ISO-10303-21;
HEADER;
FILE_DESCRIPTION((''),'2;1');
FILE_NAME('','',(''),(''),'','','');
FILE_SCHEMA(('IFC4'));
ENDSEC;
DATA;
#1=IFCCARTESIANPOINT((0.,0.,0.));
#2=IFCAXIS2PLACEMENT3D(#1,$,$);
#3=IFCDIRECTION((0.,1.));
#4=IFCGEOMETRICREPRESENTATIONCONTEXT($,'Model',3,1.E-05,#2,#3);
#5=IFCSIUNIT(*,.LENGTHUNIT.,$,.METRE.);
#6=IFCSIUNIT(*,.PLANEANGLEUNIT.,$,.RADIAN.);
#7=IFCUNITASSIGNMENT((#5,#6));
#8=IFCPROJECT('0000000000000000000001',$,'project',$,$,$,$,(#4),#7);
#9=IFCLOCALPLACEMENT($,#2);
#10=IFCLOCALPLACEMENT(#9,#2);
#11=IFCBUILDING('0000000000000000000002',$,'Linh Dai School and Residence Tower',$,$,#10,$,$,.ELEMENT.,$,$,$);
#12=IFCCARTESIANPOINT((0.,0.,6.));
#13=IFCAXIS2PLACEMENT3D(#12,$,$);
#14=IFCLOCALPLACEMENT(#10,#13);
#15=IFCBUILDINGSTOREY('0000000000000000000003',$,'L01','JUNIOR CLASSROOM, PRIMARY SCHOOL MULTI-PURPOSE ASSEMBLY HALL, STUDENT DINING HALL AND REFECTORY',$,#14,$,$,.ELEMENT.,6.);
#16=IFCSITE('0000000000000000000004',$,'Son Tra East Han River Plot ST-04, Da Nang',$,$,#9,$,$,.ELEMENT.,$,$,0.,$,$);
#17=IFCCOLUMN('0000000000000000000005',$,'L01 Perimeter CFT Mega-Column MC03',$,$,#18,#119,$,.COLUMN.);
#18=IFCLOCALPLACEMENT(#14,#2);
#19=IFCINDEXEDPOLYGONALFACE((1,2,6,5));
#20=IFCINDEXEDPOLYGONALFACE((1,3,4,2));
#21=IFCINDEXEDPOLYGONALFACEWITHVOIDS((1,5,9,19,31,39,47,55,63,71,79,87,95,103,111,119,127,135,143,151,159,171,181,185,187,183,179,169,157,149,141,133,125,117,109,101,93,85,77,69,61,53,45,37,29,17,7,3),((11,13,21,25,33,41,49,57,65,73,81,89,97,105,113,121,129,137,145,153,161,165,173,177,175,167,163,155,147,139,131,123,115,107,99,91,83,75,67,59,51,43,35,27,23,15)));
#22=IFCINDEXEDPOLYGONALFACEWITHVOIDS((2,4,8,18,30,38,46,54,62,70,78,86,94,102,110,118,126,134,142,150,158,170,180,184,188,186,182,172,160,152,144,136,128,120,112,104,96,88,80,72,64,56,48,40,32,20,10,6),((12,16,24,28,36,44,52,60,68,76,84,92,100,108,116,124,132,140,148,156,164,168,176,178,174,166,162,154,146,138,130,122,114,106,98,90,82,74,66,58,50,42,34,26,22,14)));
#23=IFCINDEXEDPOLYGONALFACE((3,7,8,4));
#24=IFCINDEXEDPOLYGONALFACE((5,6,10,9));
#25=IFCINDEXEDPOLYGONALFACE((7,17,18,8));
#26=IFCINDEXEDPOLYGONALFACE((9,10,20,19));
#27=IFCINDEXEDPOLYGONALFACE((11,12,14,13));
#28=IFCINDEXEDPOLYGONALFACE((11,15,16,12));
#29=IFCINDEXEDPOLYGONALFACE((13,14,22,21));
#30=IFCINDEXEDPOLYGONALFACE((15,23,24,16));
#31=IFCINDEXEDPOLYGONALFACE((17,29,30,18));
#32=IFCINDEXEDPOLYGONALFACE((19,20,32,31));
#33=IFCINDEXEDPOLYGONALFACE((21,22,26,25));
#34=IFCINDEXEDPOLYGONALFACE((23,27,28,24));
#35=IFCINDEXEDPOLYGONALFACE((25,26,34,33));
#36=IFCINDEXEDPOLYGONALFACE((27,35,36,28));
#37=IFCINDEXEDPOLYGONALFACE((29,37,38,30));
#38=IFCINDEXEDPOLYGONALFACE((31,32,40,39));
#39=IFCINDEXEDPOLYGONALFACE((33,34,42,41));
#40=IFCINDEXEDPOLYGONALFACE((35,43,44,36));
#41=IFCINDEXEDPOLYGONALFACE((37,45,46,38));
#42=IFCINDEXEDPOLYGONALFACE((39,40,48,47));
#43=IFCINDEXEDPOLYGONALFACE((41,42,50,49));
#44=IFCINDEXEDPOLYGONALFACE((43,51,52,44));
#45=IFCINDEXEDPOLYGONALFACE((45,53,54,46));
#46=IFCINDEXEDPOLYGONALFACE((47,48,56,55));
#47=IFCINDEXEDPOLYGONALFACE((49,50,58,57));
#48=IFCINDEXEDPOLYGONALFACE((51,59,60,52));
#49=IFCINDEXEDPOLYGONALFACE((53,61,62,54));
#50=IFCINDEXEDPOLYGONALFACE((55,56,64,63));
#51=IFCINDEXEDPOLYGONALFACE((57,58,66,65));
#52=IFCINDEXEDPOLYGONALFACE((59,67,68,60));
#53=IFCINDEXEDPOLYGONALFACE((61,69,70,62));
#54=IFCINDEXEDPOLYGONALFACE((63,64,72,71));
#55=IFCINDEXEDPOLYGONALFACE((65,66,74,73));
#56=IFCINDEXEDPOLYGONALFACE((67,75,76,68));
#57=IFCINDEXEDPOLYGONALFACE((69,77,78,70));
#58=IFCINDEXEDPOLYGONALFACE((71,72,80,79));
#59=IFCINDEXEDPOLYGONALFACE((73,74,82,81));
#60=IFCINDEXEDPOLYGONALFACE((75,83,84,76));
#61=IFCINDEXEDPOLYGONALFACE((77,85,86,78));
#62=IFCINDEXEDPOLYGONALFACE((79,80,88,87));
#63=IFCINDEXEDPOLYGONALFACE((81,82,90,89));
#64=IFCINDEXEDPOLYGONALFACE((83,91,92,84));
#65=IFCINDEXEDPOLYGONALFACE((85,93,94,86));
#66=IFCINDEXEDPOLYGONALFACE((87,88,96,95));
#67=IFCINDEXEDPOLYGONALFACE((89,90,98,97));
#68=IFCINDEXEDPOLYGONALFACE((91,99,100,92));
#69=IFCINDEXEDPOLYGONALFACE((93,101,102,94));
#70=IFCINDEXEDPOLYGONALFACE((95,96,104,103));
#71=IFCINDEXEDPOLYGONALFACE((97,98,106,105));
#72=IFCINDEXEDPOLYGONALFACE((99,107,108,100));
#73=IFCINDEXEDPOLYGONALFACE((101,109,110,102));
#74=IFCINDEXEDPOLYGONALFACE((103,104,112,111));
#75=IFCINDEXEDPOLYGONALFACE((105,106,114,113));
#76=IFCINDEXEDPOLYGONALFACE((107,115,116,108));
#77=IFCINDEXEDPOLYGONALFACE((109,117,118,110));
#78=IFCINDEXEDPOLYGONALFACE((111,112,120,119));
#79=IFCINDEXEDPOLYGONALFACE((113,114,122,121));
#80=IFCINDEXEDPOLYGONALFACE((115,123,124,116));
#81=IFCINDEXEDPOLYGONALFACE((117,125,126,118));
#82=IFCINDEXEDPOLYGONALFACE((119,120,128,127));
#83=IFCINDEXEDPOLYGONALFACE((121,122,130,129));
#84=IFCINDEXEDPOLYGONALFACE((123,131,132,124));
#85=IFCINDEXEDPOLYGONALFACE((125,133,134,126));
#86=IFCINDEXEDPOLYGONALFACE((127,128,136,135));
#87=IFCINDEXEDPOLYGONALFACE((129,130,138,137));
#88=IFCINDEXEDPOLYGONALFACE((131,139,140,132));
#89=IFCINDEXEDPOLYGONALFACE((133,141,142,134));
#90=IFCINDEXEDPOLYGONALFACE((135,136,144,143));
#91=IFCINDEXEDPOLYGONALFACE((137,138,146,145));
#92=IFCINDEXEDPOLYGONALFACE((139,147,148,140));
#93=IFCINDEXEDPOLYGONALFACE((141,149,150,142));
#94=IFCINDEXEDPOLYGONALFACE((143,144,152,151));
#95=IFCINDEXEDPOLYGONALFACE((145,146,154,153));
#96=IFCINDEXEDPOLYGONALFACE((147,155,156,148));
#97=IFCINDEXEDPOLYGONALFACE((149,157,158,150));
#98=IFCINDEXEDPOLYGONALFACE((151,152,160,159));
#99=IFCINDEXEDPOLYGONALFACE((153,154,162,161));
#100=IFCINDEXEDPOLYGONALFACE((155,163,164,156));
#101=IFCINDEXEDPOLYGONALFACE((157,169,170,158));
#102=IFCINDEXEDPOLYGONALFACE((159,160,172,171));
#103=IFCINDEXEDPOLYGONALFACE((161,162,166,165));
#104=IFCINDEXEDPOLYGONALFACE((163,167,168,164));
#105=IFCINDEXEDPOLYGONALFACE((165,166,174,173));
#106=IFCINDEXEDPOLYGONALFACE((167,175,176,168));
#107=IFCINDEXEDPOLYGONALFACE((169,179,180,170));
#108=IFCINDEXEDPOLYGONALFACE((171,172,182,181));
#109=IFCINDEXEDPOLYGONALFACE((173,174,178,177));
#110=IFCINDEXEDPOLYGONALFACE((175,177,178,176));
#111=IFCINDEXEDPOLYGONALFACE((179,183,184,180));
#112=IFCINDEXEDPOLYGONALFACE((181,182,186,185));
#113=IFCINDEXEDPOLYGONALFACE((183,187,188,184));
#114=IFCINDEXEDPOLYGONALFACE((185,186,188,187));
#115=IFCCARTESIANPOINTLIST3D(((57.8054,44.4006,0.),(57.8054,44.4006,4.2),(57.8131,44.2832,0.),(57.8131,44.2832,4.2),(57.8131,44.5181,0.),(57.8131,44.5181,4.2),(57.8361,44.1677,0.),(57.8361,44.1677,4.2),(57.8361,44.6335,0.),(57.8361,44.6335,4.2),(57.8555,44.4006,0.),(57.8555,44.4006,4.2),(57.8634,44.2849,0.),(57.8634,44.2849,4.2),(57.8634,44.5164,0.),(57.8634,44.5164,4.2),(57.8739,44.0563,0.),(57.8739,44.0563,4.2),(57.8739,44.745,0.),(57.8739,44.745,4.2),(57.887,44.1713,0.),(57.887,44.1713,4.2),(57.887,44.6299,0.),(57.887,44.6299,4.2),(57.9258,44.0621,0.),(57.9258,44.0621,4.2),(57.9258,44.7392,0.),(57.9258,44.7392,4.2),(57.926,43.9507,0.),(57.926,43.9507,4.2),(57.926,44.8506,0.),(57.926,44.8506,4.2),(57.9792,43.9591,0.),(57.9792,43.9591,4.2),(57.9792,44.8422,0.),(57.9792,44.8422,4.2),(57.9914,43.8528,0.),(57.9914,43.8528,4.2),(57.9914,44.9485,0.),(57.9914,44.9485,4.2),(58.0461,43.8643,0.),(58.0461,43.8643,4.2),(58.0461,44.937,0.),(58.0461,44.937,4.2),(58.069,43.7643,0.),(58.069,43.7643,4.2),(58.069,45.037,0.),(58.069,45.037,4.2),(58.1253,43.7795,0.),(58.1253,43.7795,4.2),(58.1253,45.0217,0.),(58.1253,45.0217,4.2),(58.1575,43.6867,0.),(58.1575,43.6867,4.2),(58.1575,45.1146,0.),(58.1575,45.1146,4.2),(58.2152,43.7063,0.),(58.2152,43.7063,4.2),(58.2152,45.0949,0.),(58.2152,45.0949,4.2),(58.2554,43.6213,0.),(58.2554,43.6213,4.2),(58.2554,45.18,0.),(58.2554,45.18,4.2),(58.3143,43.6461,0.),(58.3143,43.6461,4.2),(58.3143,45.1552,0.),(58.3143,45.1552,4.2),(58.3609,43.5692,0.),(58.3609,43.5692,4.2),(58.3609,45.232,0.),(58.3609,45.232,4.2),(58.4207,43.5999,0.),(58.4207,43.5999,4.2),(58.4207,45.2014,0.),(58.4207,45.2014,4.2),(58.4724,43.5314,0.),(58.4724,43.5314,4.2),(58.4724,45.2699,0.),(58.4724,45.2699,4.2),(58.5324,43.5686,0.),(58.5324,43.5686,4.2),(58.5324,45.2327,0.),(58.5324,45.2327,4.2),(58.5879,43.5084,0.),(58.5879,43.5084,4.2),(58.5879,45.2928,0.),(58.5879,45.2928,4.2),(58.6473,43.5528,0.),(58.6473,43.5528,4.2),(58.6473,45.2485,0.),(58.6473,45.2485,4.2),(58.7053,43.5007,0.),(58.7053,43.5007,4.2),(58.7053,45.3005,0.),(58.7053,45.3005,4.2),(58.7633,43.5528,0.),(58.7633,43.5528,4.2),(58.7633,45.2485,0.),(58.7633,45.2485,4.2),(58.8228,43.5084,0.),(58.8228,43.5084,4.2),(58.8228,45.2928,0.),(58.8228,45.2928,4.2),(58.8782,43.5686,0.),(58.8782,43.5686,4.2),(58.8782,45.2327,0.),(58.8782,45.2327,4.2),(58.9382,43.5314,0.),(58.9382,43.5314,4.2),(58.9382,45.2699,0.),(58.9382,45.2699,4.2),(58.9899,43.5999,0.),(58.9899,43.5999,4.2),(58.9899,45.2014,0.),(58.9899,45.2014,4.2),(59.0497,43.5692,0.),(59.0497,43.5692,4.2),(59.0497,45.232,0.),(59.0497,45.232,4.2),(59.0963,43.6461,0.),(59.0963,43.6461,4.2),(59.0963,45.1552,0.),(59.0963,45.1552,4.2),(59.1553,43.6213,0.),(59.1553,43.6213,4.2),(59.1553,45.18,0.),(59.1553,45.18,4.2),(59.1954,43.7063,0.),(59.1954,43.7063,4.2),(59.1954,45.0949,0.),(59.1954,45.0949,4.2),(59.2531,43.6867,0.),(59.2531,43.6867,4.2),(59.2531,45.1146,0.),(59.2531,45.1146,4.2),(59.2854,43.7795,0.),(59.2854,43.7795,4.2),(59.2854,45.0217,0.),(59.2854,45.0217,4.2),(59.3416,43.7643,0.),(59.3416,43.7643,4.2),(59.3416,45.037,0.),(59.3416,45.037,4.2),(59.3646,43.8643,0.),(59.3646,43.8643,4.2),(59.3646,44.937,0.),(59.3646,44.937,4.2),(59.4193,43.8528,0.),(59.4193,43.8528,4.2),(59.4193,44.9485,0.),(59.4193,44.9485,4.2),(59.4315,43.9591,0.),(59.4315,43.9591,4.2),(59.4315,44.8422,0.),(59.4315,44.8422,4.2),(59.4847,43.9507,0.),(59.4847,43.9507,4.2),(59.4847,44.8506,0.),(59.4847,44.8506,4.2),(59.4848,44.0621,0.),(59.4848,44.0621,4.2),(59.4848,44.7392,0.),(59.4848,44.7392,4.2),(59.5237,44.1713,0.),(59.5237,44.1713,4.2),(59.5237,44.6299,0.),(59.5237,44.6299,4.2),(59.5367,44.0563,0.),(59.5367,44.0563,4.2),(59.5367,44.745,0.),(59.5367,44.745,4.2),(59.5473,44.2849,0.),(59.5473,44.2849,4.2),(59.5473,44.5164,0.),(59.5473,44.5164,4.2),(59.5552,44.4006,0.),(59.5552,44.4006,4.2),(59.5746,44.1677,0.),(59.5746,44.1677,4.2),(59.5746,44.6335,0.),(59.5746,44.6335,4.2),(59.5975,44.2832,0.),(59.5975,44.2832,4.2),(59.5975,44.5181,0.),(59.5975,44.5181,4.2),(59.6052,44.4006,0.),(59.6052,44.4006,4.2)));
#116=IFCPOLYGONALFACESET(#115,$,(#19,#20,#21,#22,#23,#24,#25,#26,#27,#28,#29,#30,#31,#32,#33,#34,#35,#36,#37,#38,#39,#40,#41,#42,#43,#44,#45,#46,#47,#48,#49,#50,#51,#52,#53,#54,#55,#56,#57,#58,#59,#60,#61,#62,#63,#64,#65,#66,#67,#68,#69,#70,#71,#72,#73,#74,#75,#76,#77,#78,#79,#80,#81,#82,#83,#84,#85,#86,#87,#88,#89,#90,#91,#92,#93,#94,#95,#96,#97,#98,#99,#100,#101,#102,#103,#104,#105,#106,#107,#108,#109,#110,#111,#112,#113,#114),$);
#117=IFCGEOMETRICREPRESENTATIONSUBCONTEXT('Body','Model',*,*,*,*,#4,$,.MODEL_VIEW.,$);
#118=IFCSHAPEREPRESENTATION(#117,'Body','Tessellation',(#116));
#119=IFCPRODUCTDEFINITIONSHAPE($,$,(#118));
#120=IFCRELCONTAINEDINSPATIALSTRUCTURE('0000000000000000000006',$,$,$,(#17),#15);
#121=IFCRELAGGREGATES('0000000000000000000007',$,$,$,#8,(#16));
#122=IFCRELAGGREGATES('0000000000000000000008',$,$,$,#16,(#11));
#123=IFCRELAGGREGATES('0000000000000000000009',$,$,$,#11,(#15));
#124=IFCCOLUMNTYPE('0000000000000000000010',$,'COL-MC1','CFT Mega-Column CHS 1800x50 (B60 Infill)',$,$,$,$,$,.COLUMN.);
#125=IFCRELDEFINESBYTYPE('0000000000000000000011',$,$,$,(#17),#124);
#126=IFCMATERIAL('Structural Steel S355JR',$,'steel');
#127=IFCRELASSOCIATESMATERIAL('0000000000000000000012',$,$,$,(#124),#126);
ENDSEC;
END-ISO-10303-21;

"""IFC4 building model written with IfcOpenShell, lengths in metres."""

from ifc_helpers import new_model, si_unit, direction, frame, origin, origin_2d, place, context, subcontext, project, spatial, hollow_circle, extrude, material, material_profile, profile_set, type_object, element, save


model = new_model("IFC4")

# Units and contexts
model_context = context("Model", 3, precision=1e-05, world=origin(), true_north=direction((0.0, 1.0)))
body_context = subcontext(model_context, "Body", "Model", "MODEL_VIEW")
ifc_project = project(units=[si_unit("LENGTHUNIT", "METRE"), si_unit("PLANEANGLEUNIT", "RADIAN")], contexts=[model_context])

# Site, building, storey
site_placement = place(None, origin())
site = spatial("IfcSite", under=ifc_project, at=site_placement, Name="Son Tra East Han River Plot ST-04, Da Nang", CompositionType="ELEMENT", RefElevation=0.0)
building_placement = place(site_placement, origin())
building = spatial("IfcBuilding", under=site, at=building_placement, Name="Linh Dai School and Residence Tower", CompositionType="ELEMENT")
storey_placement = place(building_placement, frame((0.0, 0.0, 6.0)))
storey = spatial("IfcBuildingStorey", under=building, at=storey_placement, Name="L01", Description="JUNIOR CLASSROOM, PRIMARY SCHOOL MULTI-PURPOSE ASSEMBLY HALL, STUDENT DINING HALL AND REFECTORY", CompositionType="ELEMENT", Elevation=6.0)

# Column
ifc_material_1 = material(Name="Structural Steel S355JR", Category="steel")
ifc_material_profile_1 = material_profile(ifc_material_1, hollow_circle(Radius=0.8999, WallThickness=0.05, at=origin_2d()), Name="CHS 1800x50")
ifc_profile_set_1 = profile_set([ifc_material_profile_1], Name="Structural Steel S355JR")
column_type_1 = type_object("IfcColumnType", Name="COL-MC1", Description="CFT Mega-Column CHS 1800x50 (B60 Infill)", PredefinedType="COLUMN", material=ifc_profile_set_1)
for number, where, z_axis, x_axis, name in (
    (1, (58.7053, 44.4006, 0.0), (0.0, 0.0, 1.0), (1.0, 0.0, 0.0), "L01 Perimeter CFT Mega-Column MC03"),
):
    element("IfcColumn", number, at=place(storey_placement, frame(where, z_axis=z_axis, x_axis=x_axis)), inside=storey, type_object=column_type_1, Name=name, PredefinedType="COLUMN", context=body_context, shape_type="SweptSolid", body=[
        extrude(hollow_circle(Radius=0.8999, WallThickness=0.05, at=origin_2d()), origin(), (0.0, 0.0, 1.0), 4.2),
    ])

save(model, "model.ifc")
